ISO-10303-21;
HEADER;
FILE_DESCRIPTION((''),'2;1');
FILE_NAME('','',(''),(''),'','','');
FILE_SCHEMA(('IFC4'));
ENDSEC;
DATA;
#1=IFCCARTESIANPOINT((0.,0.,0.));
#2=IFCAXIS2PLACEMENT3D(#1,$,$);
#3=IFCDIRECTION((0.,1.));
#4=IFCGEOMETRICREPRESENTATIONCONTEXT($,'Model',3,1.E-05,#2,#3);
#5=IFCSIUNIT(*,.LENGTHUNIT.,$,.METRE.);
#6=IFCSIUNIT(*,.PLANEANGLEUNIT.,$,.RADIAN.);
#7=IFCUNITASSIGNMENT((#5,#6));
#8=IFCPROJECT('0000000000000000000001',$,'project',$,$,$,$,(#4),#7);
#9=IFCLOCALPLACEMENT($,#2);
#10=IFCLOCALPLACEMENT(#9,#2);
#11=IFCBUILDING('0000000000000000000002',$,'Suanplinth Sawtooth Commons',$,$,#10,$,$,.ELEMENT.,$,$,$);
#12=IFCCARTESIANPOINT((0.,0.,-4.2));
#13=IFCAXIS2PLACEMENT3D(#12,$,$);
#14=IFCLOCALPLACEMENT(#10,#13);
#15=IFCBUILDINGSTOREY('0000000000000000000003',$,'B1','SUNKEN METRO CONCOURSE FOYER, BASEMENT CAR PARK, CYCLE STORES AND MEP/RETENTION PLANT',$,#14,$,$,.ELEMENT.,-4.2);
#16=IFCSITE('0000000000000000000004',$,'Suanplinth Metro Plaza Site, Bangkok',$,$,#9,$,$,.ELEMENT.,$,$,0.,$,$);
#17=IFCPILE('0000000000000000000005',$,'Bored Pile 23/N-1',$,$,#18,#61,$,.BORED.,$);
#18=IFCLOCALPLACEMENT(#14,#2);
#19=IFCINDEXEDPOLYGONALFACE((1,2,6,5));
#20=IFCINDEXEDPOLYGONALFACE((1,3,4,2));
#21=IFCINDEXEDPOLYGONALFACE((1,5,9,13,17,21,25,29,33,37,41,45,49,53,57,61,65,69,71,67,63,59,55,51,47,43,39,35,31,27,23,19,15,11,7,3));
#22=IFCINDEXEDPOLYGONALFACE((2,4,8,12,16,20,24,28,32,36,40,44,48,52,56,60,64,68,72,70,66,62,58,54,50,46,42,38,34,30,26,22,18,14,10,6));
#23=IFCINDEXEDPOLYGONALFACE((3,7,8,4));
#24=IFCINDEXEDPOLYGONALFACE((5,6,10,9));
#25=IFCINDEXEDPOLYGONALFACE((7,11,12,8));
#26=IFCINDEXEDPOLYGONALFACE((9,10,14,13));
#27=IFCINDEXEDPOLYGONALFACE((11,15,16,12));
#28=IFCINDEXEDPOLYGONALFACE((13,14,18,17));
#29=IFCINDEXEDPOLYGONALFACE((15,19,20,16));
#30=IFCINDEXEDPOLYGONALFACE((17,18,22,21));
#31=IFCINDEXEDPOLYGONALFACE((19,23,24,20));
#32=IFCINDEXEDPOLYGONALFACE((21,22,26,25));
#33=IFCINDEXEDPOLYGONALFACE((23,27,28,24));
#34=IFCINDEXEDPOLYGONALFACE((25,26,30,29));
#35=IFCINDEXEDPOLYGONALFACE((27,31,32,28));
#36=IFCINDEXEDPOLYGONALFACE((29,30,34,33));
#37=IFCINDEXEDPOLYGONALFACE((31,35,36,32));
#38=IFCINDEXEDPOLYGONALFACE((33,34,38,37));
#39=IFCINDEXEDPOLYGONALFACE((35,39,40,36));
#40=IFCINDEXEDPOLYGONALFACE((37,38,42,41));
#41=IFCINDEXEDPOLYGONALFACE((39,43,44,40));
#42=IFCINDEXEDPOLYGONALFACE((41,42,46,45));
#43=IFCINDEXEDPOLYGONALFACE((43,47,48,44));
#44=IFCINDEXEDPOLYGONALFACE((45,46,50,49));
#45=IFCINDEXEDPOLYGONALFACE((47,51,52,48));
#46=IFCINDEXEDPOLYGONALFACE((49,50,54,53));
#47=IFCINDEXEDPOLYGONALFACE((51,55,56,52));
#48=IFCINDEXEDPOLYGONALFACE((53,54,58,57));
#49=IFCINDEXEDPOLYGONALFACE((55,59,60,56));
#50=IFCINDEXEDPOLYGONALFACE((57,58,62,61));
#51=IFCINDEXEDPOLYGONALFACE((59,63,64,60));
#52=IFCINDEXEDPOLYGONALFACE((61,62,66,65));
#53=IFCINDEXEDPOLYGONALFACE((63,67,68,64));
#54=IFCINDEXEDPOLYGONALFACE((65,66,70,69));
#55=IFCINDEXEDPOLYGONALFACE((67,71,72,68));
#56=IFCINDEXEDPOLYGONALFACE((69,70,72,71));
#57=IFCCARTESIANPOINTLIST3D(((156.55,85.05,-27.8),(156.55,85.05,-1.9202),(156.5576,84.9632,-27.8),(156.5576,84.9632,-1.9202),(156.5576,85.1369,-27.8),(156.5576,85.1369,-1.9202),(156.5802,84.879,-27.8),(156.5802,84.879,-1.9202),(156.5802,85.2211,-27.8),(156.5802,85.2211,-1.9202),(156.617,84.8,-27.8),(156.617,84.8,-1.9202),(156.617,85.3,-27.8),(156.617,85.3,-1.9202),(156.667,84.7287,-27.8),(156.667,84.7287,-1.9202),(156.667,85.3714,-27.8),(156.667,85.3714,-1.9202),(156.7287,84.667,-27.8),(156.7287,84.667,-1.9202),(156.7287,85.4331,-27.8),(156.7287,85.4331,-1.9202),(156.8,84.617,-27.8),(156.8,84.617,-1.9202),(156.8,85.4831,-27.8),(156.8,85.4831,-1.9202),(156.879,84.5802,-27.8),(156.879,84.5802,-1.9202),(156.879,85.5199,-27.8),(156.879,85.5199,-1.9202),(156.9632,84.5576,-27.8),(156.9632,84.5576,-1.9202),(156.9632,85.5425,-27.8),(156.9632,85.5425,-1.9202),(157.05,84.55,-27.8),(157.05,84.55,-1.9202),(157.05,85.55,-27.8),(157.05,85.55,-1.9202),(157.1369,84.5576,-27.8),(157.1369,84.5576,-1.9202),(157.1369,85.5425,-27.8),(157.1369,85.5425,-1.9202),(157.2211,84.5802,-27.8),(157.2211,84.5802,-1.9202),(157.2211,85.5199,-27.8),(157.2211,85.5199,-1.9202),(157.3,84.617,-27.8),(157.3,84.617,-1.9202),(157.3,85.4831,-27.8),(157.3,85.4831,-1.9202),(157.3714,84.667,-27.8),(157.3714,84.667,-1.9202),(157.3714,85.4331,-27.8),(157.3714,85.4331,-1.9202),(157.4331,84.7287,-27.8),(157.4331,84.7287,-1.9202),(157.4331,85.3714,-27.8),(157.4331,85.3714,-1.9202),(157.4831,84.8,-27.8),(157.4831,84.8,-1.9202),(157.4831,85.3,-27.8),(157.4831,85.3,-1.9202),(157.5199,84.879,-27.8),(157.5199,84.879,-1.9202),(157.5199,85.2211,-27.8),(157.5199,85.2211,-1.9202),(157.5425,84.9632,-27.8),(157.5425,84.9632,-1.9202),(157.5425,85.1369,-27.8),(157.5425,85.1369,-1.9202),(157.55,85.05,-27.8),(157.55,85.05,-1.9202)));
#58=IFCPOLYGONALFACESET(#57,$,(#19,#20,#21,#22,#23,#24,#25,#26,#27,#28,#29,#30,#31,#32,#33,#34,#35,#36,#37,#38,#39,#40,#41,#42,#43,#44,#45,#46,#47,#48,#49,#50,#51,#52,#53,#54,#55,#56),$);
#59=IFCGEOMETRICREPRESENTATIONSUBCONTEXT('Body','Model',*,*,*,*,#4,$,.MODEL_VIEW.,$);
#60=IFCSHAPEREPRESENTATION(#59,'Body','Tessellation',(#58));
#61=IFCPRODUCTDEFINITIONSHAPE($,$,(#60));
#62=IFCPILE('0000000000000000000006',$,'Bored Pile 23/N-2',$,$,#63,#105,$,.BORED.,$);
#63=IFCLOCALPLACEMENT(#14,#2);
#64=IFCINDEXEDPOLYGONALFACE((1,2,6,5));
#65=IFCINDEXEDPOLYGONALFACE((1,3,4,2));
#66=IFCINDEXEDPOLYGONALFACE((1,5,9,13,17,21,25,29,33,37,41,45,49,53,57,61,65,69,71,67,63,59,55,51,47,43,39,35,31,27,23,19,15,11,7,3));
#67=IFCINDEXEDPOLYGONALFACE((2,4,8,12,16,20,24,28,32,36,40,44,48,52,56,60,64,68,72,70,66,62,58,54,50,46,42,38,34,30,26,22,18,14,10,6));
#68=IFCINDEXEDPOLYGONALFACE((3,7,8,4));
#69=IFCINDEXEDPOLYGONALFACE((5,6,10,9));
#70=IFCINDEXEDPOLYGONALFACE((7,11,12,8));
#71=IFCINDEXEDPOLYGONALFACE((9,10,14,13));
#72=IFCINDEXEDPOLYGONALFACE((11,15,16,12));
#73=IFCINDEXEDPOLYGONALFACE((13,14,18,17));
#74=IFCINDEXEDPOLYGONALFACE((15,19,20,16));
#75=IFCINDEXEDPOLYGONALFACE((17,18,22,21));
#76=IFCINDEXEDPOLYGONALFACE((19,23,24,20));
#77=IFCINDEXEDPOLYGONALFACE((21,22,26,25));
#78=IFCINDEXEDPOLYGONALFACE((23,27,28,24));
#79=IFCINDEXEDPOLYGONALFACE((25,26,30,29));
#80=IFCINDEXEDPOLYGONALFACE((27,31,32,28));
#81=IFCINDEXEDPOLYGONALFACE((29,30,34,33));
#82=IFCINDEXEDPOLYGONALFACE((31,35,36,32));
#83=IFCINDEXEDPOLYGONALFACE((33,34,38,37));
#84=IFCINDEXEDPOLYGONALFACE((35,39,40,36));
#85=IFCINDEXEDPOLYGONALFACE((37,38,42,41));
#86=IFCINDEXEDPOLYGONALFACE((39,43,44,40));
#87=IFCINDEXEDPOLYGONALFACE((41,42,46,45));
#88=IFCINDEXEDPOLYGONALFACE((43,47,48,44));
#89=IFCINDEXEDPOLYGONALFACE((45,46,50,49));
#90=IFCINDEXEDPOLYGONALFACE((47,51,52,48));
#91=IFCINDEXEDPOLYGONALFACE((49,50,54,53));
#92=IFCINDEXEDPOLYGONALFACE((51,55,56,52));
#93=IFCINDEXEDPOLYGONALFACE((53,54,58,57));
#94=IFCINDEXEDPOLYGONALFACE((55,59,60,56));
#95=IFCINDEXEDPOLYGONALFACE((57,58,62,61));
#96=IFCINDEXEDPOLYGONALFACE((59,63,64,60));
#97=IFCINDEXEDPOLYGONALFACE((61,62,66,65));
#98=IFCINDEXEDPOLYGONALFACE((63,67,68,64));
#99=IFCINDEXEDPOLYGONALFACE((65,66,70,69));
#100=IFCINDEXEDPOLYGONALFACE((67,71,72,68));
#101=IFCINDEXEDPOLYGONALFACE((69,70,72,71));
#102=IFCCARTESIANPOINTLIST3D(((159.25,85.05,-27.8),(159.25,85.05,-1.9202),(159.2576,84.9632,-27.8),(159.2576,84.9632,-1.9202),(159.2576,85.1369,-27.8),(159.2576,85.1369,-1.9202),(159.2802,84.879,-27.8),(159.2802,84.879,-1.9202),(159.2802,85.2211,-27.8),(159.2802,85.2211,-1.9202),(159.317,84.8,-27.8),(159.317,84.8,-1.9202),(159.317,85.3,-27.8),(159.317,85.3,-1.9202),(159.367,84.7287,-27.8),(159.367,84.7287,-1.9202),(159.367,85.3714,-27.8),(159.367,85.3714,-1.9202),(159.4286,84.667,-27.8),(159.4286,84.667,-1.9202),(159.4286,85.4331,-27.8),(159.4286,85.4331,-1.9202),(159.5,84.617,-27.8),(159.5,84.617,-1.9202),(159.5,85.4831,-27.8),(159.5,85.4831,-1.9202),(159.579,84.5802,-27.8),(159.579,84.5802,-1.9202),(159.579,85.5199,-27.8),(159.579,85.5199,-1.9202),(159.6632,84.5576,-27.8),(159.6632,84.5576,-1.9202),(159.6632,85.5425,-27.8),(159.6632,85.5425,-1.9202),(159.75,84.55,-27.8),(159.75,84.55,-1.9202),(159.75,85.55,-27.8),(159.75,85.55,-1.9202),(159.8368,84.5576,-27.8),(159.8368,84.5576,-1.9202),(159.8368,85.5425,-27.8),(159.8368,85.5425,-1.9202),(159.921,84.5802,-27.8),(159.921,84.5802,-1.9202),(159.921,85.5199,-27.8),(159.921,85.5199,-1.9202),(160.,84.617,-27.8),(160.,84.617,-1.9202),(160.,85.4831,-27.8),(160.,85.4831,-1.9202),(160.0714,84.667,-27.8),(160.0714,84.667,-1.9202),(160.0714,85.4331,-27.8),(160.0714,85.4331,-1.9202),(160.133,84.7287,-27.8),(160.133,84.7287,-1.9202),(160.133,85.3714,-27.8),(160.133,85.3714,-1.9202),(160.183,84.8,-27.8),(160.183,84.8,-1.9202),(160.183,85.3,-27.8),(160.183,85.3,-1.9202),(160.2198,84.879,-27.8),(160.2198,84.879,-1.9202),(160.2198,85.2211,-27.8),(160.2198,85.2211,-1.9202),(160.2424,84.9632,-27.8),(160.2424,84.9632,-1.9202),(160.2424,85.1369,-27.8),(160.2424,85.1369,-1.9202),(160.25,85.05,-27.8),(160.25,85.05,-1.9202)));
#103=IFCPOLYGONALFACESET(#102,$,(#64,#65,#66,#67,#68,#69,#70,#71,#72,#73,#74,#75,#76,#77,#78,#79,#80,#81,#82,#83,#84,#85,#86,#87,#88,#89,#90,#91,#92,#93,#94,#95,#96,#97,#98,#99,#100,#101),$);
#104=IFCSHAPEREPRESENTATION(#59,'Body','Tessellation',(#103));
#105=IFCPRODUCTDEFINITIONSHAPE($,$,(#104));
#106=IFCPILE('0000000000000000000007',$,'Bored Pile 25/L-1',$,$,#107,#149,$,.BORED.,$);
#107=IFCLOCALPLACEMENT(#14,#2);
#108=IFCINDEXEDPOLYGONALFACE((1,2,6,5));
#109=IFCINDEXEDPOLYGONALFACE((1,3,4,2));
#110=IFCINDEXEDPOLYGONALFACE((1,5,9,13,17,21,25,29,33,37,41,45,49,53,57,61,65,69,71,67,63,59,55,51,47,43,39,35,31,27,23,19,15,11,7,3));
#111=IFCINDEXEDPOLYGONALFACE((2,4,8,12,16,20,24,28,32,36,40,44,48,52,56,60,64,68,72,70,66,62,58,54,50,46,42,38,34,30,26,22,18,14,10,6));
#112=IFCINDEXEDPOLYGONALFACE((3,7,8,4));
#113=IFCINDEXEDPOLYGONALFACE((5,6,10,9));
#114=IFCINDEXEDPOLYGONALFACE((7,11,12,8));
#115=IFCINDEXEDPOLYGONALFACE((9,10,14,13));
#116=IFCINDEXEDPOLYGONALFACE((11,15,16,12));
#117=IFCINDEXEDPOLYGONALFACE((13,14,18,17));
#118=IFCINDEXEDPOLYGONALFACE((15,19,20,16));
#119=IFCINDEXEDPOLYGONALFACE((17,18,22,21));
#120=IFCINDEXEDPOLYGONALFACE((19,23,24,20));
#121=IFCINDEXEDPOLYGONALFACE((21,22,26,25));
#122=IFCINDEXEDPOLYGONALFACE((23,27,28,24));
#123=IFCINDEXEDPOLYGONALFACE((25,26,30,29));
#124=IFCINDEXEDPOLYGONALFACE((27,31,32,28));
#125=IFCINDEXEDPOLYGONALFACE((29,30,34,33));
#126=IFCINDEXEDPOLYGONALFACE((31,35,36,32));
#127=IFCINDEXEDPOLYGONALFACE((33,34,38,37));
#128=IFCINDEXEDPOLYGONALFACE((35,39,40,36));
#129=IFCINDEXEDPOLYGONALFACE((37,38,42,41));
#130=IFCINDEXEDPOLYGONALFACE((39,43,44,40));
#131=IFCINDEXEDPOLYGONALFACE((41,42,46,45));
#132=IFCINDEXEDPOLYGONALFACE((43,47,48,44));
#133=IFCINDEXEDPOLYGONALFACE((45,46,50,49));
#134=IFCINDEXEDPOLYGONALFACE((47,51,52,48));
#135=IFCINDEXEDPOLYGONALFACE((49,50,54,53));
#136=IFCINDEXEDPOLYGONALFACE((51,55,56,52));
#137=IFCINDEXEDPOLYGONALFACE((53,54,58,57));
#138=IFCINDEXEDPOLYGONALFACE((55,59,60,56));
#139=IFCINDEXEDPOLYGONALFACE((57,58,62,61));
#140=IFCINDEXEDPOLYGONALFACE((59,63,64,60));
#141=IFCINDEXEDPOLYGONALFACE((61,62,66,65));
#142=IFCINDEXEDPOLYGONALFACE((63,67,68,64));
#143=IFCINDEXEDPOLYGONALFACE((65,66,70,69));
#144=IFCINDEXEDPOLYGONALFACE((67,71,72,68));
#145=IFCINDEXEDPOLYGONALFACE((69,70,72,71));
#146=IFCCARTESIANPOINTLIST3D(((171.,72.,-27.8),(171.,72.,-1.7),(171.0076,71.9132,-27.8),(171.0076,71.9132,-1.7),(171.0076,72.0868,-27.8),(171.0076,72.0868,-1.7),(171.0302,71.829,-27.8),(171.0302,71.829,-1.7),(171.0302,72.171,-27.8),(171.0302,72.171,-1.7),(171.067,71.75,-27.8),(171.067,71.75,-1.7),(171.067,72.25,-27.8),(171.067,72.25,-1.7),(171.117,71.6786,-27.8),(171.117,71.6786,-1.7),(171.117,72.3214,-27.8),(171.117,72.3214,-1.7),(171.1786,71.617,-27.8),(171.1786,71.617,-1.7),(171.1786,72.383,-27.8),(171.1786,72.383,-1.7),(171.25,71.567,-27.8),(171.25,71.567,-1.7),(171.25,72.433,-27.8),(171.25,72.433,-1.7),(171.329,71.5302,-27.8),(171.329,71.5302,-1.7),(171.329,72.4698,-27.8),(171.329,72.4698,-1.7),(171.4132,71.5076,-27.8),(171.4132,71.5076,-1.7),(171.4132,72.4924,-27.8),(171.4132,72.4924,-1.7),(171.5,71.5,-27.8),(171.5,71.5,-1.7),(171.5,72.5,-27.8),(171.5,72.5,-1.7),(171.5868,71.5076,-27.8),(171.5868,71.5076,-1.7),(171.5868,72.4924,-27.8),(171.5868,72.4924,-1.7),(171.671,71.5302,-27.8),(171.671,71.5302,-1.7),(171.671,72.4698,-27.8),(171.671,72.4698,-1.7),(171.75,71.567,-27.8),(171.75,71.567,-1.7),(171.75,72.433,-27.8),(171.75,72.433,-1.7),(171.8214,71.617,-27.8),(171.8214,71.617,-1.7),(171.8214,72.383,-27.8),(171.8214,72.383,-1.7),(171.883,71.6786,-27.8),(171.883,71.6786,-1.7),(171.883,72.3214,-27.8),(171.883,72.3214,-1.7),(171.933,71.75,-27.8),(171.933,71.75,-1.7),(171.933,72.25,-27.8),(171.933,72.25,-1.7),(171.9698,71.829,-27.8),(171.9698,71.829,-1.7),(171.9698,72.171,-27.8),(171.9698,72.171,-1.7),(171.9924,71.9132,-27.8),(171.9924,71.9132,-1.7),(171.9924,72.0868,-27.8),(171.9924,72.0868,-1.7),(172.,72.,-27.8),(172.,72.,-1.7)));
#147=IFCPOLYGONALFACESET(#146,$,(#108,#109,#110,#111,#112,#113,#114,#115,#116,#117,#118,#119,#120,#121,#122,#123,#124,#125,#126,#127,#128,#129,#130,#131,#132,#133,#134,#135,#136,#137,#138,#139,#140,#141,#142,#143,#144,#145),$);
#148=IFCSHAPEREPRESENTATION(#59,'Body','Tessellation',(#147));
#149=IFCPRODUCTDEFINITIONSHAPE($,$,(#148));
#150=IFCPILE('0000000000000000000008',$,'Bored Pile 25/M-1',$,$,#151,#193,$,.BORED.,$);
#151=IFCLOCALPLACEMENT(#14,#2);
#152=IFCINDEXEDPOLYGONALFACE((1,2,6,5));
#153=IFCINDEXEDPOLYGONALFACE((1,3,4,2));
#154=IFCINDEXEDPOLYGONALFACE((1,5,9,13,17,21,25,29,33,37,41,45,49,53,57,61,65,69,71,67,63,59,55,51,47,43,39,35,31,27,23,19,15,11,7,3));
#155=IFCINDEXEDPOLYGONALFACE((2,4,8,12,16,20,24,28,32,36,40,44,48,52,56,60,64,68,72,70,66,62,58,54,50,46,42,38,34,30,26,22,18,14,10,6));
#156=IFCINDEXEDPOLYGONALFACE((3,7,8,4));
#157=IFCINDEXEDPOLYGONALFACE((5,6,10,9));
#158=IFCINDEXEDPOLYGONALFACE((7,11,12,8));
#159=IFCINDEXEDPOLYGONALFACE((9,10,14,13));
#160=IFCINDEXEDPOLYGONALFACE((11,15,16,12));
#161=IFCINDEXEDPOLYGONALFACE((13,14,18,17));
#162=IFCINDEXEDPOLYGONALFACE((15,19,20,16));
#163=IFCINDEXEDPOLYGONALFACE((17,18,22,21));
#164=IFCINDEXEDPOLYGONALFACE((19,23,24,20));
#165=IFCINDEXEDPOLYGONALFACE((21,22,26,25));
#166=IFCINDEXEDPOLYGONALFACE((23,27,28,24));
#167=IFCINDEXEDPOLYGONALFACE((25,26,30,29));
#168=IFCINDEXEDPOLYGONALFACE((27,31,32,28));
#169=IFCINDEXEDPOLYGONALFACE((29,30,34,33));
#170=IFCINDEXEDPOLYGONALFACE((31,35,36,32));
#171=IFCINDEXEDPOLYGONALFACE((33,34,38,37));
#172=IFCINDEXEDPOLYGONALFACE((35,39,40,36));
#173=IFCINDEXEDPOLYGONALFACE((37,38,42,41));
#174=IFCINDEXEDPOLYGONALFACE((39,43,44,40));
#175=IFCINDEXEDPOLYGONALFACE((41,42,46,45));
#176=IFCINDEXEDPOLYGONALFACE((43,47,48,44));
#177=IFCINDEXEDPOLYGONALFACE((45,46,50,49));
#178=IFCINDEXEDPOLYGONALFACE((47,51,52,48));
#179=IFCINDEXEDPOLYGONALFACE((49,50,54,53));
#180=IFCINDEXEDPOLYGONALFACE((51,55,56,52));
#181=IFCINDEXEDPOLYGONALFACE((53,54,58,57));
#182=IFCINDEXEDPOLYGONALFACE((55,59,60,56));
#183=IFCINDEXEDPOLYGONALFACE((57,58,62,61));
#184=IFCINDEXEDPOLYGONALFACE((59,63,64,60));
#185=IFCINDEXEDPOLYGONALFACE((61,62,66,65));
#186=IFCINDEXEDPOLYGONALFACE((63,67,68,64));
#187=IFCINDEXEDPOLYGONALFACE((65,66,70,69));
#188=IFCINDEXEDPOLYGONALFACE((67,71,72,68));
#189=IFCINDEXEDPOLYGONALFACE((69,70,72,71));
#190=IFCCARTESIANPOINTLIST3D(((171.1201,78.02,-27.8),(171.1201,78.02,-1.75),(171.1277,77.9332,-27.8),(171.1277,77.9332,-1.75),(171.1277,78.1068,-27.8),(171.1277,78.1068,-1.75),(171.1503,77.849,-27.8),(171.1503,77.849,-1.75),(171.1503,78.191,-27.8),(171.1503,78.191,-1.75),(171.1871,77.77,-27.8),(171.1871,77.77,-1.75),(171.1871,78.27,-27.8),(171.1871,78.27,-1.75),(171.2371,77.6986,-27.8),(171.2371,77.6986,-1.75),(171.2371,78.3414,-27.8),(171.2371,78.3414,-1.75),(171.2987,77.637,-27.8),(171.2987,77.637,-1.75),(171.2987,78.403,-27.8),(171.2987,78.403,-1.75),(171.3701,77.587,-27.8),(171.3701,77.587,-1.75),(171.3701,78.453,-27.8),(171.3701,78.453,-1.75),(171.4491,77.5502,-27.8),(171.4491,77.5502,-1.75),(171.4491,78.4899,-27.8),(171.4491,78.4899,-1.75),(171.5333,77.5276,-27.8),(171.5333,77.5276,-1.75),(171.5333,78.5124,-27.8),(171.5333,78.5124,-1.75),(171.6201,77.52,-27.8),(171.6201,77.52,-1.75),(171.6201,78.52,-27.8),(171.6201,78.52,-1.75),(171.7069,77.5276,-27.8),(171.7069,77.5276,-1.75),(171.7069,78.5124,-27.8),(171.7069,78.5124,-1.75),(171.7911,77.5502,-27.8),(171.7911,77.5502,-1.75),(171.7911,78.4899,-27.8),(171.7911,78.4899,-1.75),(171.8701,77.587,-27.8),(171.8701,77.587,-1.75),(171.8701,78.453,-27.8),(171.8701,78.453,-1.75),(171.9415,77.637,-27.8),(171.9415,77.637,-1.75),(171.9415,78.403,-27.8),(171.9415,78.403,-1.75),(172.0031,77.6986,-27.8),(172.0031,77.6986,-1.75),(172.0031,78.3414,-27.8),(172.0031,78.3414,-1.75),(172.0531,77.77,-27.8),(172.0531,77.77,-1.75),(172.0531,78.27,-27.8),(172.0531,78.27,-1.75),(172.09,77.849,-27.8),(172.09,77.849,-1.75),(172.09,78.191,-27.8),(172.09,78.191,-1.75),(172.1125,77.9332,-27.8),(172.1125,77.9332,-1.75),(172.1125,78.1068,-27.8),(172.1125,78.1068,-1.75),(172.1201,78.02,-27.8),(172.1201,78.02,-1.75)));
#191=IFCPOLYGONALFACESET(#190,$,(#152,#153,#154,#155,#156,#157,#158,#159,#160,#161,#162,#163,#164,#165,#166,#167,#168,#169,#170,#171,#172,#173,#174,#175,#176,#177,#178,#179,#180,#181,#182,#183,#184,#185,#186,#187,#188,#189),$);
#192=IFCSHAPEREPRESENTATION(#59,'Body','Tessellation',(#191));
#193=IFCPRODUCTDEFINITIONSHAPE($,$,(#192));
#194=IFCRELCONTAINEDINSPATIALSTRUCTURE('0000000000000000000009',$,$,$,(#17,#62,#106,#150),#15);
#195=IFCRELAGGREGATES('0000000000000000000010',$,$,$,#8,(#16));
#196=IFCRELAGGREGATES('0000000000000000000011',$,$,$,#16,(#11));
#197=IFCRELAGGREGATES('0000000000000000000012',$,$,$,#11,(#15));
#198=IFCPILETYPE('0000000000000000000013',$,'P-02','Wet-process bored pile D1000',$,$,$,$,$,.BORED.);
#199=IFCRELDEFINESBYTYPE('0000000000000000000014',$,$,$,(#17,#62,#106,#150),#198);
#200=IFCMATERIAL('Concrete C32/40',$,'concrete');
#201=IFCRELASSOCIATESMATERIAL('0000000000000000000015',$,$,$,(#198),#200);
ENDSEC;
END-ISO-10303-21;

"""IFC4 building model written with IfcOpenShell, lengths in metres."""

from ifc_helpers import new_model, si_unit, direction, frame, origin, origin_2d, place, context, subcontext, project, spatial, circle, extrude, material, material_profile, profile_set, type_object, element, save


model = new_model("IFC4")

# Units and contexts
model_context = context("Model", 3, precision=1e-05, world=origin(), true_north=direction((0.0, 1.0)))
body_context = subcontext(model_context, "Body", "Model", "MODEL_VIEW")
ifc_project = project(units=[si_unit("LENGTHUNIT", "METRE"), si_unit("PLANEANGLEUNIT", "RADIAN")], contexts=[model_context])

# Site, building, storey
site_placement = place(None, origin())
site = spatial("IfcSite", under=ifc_project, at=site_placement, Name="Suanplinth Metro Plaza Site, Bangkok", CompositionType="ELEMENT", RefElevation=0.0)
building_placement = place(site_placement, origin())
building = spatial("IfcBuilding", under=site, at=building_placement, Name="Suanplinth Sawtooth Commons", CompositionType="ELEMENT")
storey_placement = place(building_placement, frame((0.0, 0.0, -4.2)))
storey = spatial("IfcBuildingStorey", under=building, at=storey_placement, Name="B1", Description="SUNKEN METRO CONCOURSE FOYER, BASEMENT CAR PARK, CYCLE STORES AND MEP/RETENTION PLANT", CompositionType="ELEMENT", Elevation=-4.2)

# Piles
ifc_material_1 = material(Name="Concrete C32/40", Category="concrete")
ifc_material_profile_1 = material_profile(ifc_material_1, circle(Radius=0.5, at=origin_2d()), Name="PILE D1000")
ifc_profile_set_1 = profile_set([ifc_material_profile_1], Name="Concrete C32/40")
pile_type = type_object("IfcPileType", Name="P-02", Description="Wet-process bored pile D1000", PredefinedType="BORED", material=ifc_profile_set_1)
for number, where, z_axis, x_axis, name in (
    (1, (157.05, 85.05, -1.9202), (0.0, 0.0, -1.0), (1.0, 0.0, 0.0), "Bored Pile 23/N-1"),
    (2, (159.75, 85.05, -1.9202), (0.0, 0.0, -1.0), (1.0, 0.0, 0.0), "Bored Pile 23/N-2"),
):
    element("IfcPile", number, at=place(storey_placement, frame(where, z_axis=z_axis, x_axis=x_axis)), inside=storey, type_object=pile_type, Name=name, PredefinedType="BORED", context=body_context, shape_type="SweptSolid", body=[
        extrude(circle(Radius=0.5, at=origin_2d()), origin(), (0.0, 0.0, 1.0), 25.8799),
    ])
pile_placement = place(storey_placement, frame((171.5, 72.0, -1.7), z_axis=(0.0, 0.0, -1.0), x_axis=(1.0, 0.0, 0.0)))
element("IfcPile", 3, at=pile_placement, inside=storey, type_object=pile_type, Name="Bored Pile 25/L-1", PredefinedType="BORED", context=body_context, shape_type="SweptSolid", body=[
    extrude(circle(Radius=0.5, at=origin_2d()), origin(), (0.0, 0.0, 1.0), 26.1001),
])
for number, where, z_axis, x_axis, name in (
    (4, (171.6201, 78.02, -1.75), (0.0, 0.0, -1.0), (1.0, 0.0, 0.0), "Bored Pile 25/M-1"),
):
    element("IfcPile", number, at=place(storey_placement, frame(where, z_axis=z_axis, x_axis=x_axis)), inside=storey, type_object=pile_type, Name=name, PredefinedType="BORED", context=body_context, shape_type="SweptSolid", body=[
        extrude(circle(Radius=0.5, at=origin_2d()), origin(), (0.0, 0.0, 1.0), 26.05),
    ])

save(model, "model.ifc")
